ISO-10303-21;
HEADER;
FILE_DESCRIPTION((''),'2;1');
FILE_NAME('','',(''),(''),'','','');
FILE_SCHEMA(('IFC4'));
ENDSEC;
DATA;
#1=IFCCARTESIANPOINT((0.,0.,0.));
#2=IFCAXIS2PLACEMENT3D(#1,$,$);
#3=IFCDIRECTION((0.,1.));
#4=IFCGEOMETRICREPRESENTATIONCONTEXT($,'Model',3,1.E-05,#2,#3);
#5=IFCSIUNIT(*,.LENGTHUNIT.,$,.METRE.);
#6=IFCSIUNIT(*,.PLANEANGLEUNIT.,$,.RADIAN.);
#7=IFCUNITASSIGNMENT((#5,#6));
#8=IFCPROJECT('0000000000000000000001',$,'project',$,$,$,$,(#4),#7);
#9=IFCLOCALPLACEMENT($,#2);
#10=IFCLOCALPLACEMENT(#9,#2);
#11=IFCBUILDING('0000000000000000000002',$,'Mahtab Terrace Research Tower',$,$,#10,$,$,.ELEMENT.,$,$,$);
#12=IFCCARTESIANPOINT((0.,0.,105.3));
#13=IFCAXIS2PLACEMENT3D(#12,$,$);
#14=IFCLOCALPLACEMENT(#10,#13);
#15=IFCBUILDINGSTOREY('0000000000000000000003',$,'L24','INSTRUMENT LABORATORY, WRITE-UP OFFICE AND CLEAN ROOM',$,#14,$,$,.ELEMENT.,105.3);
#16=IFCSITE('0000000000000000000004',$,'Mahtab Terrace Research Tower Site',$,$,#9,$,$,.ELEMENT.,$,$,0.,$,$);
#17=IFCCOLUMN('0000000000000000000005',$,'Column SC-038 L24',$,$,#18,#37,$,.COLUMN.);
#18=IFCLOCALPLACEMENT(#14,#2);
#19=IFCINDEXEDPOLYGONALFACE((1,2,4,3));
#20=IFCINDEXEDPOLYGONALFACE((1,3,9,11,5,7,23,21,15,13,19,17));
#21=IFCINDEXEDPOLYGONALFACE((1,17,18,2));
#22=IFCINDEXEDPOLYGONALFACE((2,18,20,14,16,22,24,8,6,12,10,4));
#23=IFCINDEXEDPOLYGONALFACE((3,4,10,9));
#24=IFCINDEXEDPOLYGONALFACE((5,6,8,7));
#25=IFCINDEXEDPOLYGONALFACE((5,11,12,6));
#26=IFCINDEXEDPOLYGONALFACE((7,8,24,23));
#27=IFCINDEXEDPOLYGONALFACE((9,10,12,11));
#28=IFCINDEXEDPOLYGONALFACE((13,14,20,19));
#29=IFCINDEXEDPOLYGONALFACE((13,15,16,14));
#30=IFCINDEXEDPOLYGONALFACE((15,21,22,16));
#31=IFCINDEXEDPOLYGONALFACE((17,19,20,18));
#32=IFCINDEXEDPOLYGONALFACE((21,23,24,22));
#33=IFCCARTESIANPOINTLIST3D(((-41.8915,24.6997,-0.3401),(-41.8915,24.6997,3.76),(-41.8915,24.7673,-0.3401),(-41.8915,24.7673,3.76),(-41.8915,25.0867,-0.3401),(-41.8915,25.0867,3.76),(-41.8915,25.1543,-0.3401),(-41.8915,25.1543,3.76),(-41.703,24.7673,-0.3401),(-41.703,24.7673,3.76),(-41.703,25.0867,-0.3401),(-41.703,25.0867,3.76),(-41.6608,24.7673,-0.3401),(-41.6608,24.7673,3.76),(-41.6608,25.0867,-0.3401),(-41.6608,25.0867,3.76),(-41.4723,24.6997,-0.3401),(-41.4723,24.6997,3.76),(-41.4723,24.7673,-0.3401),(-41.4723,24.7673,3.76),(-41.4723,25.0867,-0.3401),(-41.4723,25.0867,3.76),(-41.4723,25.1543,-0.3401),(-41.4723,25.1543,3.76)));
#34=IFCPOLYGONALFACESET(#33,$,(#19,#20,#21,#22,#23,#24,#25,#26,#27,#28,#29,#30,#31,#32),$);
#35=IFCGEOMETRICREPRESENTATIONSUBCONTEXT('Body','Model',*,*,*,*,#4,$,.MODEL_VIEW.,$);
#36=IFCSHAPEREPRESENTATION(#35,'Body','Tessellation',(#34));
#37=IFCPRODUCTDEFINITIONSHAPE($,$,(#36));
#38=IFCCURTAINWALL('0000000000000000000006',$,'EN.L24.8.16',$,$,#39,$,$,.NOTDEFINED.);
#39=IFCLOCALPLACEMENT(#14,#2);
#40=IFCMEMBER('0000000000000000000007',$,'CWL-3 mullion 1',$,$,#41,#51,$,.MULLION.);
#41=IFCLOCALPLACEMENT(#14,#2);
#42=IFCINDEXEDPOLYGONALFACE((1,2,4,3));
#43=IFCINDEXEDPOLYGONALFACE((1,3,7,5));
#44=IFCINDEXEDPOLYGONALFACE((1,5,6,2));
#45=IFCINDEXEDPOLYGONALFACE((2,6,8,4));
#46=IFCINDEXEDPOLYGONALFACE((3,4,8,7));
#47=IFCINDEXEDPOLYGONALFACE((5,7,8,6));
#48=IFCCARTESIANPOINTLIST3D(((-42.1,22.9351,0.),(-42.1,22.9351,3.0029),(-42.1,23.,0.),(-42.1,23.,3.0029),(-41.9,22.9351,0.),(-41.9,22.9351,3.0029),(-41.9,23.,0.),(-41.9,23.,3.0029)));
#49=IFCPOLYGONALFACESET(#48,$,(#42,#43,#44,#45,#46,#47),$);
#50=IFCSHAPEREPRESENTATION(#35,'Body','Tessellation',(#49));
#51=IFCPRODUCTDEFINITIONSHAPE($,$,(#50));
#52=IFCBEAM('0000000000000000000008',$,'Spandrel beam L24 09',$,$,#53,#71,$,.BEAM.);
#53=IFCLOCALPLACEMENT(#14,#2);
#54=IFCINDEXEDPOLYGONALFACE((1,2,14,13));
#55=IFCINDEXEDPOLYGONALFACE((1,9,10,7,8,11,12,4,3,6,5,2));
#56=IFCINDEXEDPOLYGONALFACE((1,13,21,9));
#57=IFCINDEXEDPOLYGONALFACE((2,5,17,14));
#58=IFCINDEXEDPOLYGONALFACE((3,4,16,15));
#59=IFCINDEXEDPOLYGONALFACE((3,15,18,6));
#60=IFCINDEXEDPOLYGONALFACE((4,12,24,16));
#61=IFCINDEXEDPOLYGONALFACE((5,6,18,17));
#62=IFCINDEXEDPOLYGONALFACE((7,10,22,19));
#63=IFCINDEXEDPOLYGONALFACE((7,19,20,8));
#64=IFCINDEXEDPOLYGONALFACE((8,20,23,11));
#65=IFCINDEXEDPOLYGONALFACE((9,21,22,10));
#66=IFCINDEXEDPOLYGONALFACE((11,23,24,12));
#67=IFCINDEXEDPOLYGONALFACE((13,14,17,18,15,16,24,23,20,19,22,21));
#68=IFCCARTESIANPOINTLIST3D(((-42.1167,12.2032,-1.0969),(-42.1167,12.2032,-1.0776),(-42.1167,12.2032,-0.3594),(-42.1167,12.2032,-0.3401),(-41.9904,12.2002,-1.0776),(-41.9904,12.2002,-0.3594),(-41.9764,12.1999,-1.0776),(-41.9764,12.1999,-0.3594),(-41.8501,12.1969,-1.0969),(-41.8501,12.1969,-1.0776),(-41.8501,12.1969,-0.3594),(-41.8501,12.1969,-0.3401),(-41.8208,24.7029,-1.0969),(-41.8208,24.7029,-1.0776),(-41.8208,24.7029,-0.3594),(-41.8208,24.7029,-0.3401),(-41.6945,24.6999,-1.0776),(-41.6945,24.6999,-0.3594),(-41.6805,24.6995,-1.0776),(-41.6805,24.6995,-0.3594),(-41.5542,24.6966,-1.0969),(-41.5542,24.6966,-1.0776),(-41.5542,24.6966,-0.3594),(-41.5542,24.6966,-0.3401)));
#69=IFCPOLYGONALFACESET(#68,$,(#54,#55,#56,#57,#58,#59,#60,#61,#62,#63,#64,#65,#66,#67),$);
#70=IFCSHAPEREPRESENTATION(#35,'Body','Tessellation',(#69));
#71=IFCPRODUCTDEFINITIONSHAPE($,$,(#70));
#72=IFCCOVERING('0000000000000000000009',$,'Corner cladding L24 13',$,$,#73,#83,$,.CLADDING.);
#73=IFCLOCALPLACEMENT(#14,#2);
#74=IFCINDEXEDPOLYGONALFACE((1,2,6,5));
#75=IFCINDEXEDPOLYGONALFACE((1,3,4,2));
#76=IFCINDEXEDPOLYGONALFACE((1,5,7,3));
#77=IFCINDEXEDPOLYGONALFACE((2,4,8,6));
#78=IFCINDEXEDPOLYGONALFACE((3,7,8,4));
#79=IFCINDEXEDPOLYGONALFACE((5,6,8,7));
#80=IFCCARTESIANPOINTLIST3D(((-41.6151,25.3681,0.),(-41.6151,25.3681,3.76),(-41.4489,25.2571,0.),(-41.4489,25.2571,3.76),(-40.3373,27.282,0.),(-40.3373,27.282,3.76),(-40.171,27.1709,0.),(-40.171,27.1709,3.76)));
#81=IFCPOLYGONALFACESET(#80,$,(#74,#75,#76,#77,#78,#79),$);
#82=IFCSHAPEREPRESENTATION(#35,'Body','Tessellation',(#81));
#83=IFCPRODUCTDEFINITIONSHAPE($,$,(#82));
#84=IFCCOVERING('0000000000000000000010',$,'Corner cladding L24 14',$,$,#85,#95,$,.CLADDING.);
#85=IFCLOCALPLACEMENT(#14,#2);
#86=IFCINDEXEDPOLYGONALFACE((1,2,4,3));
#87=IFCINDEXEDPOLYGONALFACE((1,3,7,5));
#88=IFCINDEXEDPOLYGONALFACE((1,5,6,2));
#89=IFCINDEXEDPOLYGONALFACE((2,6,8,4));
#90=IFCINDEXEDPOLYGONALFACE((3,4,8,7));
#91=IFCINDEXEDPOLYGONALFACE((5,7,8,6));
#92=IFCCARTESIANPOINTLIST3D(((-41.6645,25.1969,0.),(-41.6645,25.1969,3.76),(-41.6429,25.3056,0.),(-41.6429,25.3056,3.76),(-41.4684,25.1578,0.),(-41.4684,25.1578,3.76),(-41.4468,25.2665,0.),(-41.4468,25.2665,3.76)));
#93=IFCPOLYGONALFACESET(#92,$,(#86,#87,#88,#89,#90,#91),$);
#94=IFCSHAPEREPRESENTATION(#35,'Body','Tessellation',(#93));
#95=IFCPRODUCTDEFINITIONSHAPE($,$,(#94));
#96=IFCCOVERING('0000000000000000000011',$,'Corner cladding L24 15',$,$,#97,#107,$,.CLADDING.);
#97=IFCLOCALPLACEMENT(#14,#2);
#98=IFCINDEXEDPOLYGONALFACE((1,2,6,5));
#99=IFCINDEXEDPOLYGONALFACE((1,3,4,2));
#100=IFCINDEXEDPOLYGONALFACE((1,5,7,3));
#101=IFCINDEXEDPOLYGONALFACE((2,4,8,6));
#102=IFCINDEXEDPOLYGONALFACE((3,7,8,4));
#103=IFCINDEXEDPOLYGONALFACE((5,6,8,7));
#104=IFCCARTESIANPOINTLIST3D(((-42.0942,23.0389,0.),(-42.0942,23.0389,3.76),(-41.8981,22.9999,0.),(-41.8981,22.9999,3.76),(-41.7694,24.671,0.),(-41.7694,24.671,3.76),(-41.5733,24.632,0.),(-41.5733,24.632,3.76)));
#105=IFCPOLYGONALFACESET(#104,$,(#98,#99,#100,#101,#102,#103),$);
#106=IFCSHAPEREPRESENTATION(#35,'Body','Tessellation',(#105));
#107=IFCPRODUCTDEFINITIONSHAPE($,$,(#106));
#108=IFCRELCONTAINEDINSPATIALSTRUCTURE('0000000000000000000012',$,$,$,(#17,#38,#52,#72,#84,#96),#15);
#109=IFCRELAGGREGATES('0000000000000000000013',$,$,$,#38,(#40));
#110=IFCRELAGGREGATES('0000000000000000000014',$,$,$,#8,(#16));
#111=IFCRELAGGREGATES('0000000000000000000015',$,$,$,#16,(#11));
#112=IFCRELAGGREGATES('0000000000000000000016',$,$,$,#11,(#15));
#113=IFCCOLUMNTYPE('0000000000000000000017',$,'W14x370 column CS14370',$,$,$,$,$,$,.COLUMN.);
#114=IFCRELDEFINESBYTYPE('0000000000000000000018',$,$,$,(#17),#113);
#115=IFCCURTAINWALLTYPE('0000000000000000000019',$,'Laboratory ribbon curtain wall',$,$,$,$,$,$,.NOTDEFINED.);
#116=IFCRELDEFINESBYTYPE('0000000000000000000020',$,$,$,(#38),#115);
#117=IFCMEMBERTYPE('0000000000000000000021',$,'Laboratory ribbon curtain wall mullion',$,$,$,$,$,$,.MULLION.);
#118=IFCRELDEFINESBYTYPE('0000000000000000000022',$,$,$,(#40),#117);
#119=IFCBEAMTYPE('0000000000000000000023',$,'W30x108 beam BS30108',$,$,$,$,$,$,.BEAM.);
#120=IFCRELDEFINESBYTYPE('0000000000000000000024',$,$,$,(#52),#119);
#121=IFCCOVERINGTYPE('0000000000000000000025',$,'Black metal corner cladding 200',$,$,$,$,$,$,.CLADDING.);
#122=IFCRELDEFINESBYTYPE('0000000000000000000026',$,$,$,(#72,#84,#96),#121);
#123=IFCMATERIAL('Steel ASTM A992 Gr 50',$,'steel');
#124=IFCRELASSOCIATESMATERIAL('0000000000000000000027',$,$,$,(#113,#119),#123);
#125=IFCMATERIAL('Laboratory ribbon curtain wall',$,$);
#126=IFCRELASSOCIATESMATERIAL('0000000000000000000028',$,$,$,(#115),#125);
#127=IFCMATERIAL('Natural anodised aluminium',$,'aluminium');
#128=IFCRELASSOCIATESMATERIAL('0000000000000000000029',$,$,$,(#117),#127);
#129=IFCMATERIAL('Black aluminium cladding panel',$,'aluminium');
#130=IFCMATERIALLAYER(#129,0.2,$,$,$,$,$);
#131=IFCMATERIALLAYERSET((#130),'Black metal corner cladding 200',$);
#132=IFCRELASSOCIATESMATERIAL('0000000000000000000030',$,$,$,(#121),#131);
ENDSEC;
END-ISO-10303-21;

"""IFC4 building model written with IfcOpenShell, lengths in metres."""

from ifc_helpers import new_model, si_unit, direction, frame, origin, origin_2d, place, context, subcontext, project, spatial, rectangle, i_section, extrude, material, layer, layer_set, material_profile, profile_set, type_object, element, aggregate, save


model = new_model("IFC4")

# Units and contexts
model_context = context("Model", 3, precision=1e-05, world=origin(), true_north=direction((0.0, 1.0)))
body_context = subcontext(model_context, "Body", "Model", "MODEL_VIEW")
ifc_project = project(units=[si_unit("LENGTHUNIT", "METRE"), si_unit("PLANEANGLEUNIT", "RADIAN")], contexts=[model_context])

# Site, building, storey
site_placement = place(None, origin())
site = spatial("IfcSite", under=ifc_project, at=site_placement, Name="Mahtab Terrace Research Tower Site", CompositionType="ELEMENT", RefElevation=0.0)
building_placement = place(site_placement, origin())
building = spatial("IfcBuilding", under=site, at=building_placement, Name="Mahtab Terrace Research Tower", CompositionType="ELEMENT")
storey_placement = place(building_placement, frame((0.0, 0.0, 105.3)))
storey = spatial("IfcBuildingStorey", under=building, at=storey_placement, Name="L24", Description="INSTRUMENT LABORATORY, WRITE-UP OFFICE AND CLEAN ROOM", CompositionType="ELEMENT", Elevation=105.3)

# Column
ifc_material_1 = material(Name="Steel ASTM A992 Gr 50", Category="steel")
ifc_material_profile_1 = material_profile(ifc_material_1, i_section(OverallWidth=0.4192, OverallDepth=0.4546, WebThickness=0.0422, FlangeThickness=0.0676, at=origin_2d()), Name="W14X370")
ifc_profile_set_1 = profile_set([ifc_material_profile_1], Name="Steel ASTM A992 Gr 50")
column_type = type_object("IfcColumnType", Name="W14x370 column CS14370", PredefinedType="COLUMN", material=ifc_profile_set_1)
column_placement = place(storey_placement, frame((-41.6819, 24.927, -0.3401), z_axis=(0.0, 0.0, 1.0), x_axis=(1.0, 0.0, 0.0)))
element("IfcColumn", 1, at=column_placement, inside=storey, type_object=column_type, Name="Column SC-038 L24", PredefinedType="COLUMN", context=body_context, shape_type="SweptSolid", body=[
    extrude(i_section(OverallWidth=0.4192, OverallDepth=0.4546, WebThickness=0.0422, FlangeThickness=0.0676, at=origin_2d()), origin(), (0.0, 0.0, 1.0), 4.1001),
])

# Curtain wall, member
ifc_material_2 = material(Name="Laboratory ribbon curtain wall")
curtain_wall_type = type_object("IfcCurtainWallType", Name="Laboratory ribbon curtain wall", PredefinedType="NOTDEFINED", material=ifc_material_2)
curtain_wall_placement = place(storey_placement, origin())
curtain_wall = element("IfcCurtainWall", 2, at=curtain_wall_placement, inside=storey, type_object=curtain_wall_type, Name="EN.L24.8.16", PredefinedType="NOTDEFINED")
ifc_material_3 = material(Name="Natural anodised aluminium", Category="aluminium")
ifc_material_profile_2 = material_profile(ifc_material_3, rectangle(XDim=0.2, YDim=0.0649, at=origin_2d()), Name="MULLION 65x200")
ifc_profile_set_2 = profile_set([ifc_material_profile_2], Name="Natural anodised aluminium")
member_type = type_object("IfcMemberType", Name="Laboratory ribbon curtain wall mullion", PredefinedType="MULLION", material=ifc_profile_set_2)
member_placement = place(storey_placement, frame((-42.0, 22.9675, 0.0), z_axis=(0.0, 0.0, 1.0), x_axis=(1.0, 0.0, 0.0)))
member = element("IfcMember", 3, at=member_placement, type_object=member_type, Name="CWL-3 mullion 1", PredefinedType="MULLION", context=body_context, shape_type="SweptSolid", body=[
    extrude(rectangle(XDim=0.2, YDim=0.0649, at=origin_2d()), origin(), (0.0, 0.0, 1.0), 3.0029),
])
aggregate(curtain_wall, [member])

# Beam
ifc_material_profile_3 = material_profile(ifc_material_1, i_section(OverallWidth=0.2666, OverallDepth=0.7568, WebThickness=0.0139, FlangeThickness=0.0193, at=origin_2d()), Name="W30X108")
ifc_profile_set_3 = profile_set([ifc_material_profile_3], Name="Steel ASTM A992 Gr 50")
beam_type = type_object("IfcBeamType", Name="W30x108 beam BS30108", PredefinedType="BEAM", material=ifc_profile_set_3)
beam_placement = place(storey_placement, frame((-41.6875, 24.6997, -0.7185), z_axis=(-0.023666, -0.99972, 0.0), x_axis=(0.99972, -0.023666, 0.0)))
element("IfcBeam", 4, at=beam_placement, inside=storey, type_object=beam_type, Name="Spandrel beam L24 09", PredefinedType="BEAM", context=body_context, shape_type="SweptSolid", body=[
    extrude(i_section(OverallWidth=0.2666, OverallDepth=0.7568, WebThickness=0.0139, FlangeThickness=0.0193, at=origin_2d()), origin(), (0.0, 0.0, 1.0), 12.5032),
])

# Coverings
ifc_material_4 = material(Name="Black aluminium cladding panel", Category="aluminium")
ifc_layer = layer(ifc_material_4, 0.2)
ifc_layer_set = layer_set([ifc_layer], Name="Black metal corner cladding 200")
covering_type = type_object("IfcCoveringType", Name="Black metal corner cladding 200", PredefinedType="CLADDING", material=ifc_layer_set)
covering_1_placement = place(storey_placement, frame((-40.8931, 26.2695, 0.0), z_axis=(0.0, 0.0, 1.0), x_axis=(-0.555291, -0.831656, 0.0)))
element("IfcCovering", 5, at=covering_1_placement, inside=storey, type_object=covering_type, Name="Corner cladding L24 13", PredefinedType="CLADDING", context=body_context, shape_type="SweptSolid", body=[
    extrude(rectangle(XDim=2.3013, YDim=0.2, at=origin_2d()), origin(), (0.0, 0.0, 1.0), 3.76),
])
covering_2_placement = place(storey_placement, frame((-41.5557, 25.2317, 0.0), z_axis=(0.0, 0.0, 1.0), x_axis=(-0.195212, -0.980761, 0.0)))
element("IfcCovering", 6, at=covering_2_placement, inside=storey, type_object=covering_type, Name="Corner cladding L24 14", PredefinedType="CLADDING", context=body_context, shape_type="SweptSolid", body=[
    extrude(rectangle(XDim=0.1108, YDim=0.2, at=origin_2d()), origin(), (0.0, 0.0, 1.0), 3.76),
])
covering_3_placement = place(storey_placement, frame((-41.8337, 23.8354, 0.0), z_axis=(0.0, 0.0, 1.0), x_axis=(-0.195212, -0.980761, 0.0)))
element("IfcCovering", 7, at=covering_3_placement, inside=storey, type_object=covering_type, Name="Corner cladding L24 15", PredefinedType="CLADDING", context=body_context, shape_type="SweptSolid", body=[
    extrude(rectangle(XDim=1.6641, YDim=0.2, at=origin_2d()), origin(), (0.0, 0.0, 1.0), 3.76),
])

save(model, "model.ifc")
